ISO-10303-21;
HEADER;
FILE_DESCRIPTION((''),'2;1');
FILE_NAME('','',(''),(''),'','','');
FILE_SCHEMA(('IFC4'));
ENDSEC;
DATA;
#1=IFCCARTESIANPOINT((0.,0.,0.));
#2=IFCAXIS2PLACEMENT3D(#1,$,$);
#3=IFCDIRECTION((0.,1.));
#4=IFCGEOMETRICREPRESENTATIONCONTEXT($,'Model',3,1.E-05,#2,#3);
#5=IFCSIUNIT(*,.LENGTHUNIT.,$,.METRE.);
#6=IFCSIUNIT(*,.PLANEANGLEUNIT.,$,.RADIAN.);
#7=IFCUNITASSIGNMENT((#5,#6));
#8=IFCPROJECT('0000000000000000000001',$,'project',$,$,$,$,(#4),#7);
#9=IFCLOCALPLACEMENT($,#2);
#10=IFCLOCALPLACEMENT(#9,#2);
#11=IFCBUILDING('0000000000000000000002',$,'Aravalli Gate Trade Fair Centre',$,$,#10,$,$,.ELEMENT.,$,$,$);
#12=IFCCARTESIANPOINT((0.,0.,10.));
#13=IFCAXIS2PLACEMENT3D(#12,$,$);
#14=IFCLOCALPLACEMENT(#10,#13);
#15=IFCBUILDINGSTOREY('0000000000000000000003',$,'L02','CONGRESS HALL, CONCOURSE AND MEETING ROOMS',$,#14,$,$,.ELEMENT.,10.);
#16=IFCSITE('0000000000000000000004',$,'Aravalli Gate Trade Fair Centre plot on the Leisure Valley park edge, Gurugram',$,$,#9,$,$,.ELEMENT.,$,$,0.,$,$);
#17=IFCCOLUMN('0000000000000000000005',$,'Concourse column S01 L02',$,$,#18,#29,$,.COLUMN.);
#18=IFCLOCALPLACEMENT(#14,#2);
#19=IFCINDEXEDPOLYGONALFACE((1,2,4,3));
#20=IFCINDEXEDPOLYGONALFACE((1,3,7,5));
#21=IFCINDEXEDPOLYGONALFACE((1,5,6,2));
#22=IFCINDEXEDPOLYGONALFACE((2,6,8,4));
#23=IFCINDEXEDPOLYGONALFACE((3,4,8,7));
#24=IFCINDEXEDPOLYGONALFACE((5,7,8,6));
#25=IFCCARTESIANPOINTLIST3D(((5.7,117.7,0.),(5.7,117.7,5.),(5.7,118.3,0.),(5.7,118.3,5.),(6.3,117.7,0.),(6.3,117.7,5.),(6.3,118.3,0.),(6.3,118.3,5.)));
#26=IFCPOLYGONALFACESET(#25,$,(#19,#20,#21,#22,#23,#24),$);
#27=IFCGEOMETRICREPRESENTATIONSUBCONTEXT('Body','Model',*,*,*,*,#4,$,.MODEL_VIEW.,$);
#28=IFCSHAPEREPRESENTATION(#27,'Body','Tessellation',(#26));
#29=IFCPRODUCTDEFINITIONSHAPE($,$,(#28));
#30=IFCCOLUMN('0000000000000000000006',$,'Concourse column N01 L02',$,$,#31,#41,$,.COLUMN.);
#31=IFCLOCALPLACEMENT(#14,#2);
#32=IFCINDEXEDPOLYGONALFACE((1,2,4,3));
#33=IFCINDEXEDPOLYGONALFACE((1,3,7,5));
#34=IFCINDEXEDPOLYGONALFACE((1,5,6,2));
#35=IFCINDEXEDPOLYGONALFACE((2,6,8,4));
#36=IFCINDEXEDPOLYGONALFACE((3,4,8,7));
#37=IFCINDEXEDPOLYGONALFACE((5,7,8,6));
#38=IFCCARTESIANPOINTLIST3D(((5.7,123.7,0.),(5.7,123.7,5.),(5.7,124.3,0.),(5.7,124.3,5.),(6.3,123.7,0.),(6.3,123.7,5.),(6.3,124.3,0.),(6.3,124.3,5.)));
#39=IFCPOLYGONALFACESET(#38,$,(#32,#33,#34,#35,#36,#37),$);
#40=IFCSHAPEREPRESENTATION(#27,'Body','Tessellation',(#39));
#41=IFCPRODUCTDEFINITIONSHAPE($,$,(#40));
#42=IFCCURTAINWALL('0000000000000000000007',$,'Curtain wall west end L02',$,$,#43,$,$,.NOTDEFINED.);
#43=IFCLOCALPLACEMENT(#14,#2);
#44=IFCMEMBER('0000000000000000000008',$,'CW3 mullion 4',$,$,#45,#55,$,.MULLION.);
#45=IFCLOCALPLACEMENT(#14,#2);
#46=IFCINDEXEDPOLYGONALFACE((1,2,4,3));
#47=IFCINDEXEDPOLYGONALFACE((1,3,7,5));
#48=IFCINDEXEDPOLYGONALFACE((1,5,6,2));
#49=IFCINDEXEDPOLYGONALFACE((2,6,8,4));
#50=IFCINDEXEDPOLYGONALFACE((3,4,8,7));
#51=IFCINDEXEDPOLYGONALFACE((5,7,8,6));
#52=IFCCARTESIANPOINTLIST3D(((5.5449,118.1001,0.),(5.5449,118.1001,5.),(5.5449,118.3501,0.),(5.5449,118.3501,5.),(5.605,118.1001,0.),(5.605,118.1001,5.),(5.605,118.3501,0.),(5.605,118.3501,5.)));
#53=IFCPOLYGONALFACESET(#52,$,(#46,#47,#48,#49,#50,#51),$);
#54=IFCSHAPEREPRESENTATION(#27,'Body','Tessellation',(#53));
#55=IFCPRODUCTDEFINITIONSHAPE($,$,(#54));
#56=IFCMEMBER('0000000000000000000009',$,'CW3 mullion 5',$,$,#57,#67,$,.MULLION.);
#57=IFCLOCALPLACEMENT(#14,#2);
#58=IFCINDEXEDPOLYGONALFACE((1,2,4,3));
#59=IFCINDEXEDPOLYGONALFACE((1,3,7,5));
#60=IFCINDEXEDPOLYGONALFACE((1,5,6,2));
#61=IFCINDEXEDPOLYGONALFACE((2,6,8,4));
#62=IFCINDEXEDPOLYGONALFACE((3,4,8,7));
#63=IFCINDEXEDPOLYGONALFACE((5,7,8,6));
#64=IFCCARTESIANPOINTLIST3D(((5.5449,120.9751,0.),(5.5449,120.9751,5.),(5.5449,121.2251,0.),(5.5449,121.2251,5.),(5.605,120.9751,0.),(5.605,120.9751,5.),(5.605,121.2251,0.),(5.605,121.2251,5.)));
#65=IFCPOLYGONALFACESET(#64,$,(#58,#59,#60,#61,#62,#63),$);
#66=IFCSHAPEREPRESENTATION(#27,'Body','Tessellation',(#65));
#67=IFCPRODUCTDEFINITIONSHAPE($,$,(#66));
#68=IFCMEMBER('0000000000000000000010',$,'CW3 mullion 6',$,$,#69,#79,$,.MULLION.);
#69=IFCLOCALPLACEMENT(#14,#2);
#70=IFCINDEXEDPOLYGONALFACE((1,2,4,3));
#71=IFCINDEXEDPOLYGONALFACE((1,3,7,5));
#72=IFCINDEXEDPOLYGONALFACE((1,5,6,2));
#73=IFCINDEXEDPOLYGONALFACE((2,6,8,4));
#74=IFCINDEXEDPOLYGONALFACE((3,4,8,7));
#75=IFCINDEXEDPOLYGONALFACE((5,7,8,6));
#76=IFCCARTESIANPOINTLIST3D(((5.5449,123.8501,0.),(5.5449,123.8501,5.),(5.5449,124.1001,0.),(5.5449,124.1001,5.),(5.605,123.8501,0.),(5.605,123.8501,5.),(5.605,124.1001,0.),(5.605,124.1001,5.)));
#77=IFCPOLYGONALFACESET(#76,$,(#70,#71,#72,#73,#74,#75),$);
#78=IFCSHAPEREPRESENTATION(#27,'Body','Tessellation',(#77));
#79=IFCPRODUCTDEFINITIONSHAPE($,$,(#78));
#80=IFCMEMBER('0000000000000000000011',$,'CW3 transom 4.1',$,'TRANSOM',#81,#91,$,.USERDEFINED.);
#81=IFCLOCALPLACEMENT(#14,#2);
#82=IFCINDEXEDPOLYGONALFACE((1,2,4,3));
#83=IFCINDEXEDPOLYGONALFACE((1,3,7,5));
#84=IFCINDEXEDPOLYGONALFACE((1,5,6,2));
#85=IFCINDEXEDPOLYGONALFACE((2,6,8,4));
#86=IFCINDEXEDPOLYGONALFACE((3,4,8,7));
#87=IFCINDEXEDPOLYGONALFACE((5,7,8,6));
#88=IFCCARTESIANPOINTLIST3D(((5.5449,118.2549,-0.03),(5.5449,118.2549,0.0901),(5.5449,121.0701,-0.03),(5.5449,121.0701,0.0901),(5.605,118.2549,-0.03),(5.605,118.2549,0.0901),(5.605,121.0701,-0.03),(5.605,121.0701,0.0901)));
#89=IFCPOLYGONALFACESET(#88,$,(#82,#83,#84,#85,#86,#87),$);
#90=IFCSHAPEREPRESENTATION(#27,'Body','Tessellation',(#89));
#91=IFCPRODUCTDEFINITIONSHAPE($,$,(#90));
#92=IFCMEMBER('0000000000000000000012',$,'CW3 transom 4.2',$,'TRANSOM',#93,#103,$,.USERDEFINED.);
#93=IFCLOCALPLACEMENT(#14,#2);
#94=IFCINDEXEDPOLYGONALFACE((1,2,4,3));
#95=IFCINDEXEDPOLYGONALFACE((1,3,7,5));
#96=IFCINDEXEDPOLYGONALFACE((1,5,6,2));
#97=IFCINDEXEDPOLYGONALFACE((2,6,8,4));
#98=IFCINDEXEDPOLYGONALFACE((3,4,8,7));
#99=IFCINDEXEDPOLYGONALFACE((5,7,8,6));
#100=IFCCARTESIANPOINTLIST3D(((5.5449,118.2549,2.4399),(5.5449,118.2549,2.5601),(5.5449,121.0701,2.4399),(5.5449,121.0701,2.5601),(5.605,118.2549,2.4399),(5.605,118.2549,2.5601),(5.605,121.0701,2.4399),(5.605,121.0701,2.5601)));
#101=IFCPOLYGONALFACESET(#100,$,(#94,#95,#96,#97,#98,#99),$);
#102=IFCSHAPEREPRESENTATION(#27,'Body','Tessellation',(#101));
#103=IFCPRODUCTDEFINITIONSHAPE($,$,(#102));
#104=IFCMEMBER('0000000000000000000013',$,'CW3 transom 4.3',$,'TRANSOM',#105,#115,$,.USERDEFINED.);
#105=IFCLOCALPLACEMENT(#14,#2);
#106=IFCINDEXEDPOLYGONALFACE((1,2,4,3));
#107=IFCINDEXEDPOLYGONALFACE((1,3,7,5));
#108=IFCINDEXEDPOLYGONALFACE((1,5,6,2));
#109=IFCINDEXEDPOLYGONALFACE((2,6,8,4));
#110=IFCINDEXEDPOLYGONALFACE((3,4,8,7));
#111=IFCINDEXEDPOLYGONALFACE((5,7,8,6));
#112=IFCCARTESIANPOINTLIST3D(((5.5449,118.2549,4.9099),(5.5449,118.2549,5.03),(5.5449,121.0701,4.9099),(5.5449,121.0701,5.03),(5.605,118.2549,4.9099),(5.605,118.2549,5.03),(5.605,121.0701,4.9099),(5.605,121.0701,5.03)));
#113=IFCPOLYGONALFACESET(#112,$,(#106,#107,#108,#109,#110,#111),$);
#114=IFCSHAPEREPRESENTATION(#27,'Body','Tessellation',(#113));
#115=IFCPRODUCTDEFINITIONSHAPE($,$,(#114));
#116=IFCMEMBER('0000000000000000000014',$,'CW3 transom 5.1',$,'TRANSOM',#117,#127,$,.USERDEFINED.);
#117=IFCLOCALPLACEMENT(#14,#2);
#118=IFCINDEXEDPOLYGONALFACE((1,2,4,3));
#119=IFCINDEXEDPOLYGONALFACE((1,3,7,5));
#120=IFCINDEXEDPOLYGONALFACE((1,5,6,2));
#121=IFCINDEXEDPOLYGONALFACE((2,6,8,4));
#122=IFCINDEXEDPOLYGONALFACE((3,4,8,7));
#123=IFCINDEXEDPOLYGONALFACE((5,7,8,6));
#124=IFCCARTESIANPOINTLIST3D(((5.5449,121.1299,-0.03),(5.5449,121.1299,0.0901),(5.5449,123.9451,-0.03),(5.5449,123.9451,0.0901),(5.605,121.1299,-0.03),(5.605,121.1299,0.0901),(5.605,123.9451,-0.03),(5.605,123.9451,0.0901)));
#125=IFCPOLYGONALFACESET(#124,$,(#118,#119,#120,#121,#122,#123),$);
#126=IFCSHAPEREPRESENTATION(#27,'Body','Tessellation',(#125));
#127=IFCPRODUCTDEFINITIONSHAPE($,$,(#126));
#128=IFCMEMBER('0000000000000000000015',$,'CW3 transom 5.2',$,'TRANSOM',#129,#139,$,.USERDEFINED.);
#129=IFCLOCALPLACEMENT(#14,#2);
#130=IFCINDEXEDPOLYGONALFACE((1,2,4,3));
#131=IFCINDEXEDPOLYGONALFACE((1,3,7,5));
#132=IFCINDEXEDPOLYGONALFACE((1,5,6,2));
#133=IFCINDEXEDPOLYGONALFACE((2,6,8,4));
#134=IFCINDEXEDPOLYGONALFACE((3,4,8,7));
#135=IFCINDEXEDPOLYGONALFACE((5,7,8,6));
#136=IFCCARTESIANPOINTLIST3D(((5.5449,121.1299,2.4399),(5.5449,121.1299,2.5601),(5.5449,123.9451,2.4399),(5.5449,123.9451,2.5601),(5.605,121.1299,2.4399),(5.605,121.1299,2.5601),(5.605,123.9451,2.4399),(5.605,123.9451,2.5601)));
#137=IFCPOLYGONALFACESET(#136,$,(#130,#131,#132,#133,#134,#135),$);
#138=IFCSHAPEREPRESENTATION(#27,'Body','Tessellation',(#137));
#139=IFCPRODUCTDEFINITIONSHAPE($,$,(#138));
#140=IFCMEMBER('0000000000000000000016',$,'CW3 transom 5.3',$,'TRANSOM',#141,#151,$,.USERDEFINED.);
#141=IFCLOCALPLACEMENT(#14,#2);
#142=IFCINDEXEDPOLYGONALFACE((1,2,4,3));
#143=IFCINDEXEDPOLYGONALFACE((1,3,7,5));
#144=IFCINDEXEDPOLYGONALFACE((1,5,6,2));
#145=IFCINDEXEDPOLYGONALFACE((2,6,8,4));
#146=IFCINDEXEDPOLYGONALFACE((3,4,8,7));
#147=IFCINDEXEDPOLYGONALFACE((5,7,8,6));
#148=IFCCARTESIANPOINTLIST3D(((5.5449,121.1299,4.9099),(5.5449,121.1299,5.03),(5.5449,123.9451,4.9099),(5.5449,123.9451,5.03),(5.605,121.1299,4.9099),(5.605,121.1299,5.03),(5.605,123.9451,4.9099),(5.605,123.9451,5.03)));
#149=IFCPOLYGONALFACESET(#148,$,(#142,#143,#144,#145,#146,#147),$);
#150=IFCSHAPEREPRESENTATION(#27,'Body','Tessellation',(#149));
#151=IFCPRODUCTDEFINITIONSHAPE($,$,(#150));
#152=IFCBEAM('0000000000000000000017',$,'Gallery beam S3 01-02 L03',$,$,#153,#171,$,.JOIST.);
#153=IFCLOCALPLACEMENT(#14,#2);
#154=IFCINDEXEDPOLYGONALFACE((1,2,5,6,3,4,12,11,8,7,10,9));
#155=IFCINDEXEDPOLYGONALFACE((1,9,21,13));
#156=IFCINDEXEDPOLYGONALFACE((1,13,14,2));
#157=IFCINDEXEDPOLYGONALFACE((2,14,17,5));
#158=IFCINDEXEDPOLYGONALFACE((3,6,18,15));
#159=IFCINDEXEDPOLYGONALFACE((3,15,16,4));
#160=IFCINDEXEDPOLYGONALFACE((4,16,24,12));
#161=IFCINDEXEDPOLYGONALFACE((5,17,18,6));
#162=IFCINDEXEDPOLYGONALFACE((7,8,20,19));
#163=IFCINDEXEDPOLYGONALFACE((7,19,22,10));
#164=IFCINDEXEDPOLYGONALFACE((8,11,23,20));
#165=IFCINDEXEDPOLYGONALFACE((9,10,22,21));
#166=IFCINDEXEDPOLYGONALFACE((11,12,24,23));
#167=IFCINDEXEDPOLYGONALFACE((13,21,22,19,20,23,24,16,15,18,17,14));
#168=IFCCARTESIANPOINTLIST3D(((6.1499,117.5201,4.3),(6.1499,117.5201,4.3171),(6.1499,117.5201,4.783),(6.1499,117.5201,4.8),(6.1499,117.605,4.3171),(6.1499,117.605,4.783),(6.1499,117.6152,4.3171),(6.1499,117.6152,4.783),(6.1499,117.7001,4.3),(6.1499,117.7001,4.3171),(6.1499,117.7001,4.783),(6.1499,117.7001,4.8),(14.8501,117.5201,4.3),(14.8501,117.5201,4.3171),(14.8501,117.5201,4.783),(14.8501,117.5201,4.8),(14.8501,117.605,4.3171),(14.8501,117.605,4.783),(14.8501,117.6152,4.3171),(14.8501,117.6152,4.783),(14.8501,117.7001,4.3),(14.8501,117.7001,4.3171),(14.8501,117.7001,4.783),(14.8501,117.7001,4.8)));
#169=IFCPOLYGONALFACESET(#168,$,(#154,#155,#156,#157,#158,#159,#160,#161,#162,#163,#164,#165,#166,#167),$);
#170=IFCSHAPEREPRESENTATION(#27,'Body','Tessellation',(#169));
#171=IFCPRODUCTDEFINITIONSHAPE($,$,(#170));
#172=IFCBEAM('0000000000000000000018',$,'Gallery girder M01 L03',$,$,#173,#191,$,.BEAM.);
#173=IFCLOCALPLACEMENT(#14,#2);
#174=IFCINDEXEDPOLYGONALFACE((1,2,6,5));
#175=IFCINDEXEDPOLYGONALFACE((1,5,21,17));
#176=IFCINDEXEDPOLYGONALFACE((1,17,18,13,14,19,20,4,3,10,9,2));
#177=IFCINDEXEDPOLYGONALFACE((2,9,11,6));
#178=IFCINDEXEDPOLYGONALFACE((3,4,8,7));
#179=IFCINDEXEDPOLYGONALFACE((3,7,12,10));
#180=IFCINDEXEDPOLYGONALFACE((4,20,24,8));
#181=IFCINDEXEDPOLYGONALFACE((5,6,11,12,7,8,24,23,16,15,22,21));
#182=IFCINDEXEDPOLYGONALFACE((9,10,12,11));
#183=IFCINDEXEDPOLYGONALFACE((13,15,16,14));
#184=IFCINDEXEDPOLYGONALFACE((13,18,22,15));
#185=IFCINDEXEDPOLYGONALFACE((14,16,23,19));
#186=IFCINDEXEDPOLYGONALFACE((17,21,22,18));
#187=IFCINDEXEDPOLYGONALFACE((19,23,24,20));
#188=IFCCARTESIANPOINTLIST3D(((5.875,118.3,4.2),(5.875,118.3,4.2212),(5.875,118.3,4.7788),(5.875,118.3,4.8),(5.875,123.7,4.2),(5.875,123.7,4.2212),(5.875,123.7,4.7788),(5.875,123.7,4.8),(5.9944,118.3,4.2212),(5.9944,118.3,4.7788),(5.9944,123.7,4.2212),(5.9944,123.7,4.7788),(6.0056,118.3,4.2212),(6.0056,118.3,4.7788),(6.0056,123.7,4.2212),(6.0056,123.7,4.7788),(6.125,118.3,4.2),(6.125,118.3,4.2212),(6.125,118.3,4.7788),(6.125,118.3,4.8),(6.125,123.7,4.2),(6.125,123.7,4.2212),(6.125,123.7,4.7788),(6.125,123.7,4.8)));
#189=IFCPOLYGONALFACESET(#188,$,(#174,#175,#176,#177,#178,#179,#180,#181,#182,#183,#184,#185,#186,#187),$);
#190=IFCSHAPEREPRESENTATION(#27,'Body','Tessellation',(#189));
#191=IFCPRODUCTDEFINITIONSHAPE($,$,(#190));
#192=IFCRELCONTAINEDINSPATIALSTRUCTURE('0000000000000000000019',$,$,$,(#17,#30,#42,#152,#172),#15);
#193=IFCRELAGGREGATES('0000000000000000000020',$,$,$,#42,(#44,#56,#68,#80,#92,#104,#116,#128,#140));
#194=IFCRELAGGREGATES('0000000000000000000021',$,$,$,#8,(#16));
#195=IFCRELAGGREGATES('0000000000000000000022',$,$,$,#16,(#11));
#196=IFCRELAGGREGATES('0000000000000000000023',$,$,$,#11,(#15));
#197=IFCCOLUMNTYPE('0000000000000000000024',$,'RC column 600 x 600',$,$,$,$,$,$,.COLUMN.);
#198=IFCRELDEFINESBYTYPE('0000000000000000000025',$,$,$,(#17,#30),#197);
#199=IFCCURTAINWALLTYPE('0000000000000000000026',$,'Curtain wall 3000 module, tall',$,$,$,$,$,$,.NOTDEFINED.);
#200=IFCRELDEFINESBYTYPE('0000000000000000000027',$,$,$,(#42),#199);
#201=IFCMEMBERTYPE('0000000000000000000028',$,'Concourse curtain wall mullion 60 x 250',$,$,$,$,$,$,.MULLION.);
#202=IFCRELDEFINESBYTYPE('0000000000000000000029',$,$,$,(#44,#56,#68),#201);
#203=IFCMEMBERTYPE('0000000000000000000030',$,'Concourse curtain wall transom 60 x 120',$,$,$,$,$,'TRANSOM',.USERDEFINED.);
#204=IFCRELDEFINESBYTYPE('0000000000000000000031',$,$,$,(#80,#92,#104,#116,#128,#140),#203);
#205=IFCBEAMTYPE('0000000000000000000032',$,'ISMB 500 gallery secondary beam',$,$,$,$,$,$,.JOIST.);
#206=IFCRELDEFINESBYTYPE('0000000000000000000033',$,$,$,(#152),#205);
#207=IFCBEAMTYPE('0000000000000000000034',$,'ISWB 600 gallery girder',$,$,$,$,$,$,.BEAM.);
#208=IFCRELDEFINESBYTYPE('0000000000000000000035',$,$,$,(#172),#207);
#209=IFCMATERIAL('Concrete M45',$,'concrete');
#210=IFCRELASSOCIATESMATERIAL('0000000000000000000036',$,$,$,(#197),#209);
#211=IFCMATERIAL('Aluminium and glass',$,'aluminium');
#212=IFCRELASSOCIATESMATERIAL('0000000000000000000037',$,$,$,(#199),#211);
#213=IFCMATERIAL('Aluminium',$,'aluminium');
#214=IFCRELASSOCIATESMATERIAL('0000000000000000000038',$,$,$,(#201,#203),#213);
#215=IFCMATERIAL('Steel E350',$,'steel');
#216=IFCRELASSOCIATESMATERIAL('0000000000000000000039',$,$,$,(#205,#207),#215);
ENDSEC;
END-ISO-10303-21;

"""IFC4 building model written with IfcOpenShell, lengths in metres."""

from ifc_helpers import new_model, si_unit, direction, frame, origin, origin_2d, place, context, subcontext, project, spatial, rectangle, i_section, extrude, material, material_profile, profile_set, type_object, element, aggregate, save


model = new_model("IFC4")

# Units and contexts
model_context = context("Model", 3, precision=1e-05, world=origin(), true_north=direction((0.0, 1.0)))
body_context = subcontext(model_context, "Body", "Model", "MODEL_VIEW")
ifc_project = project(units=[si_unit("LENGTHUNIT", "METRE"), si_unit("PLANEANGLEUNIT", "RADIAN")], contexts=[model_context])

# Site, building, storey
site_placement = place(None, origin())
site = spatial("IfcSite", under=ifc_project, at=site_placement, Name="Aravalli Gate Trade Fair Centre plot on the Leisure Valley park edge, Gurugram", CompositionType="ELEMENT", RefElevation=0.0)
building_placement = place(site_placement, origin())
building = spatial("IfcBuilding", under=site, at=building_placement, Name="Aravalli Gate Trade Fair Centre", CompositionType="ELEMENT")
storey_placement = place(building_placement, frame((0.0, 0.0, 10.0)))
storey = spatial("IfcBuildingStorey", under=building, at=storey_placement, Name="L02", Description="CONGRESS HALL, CONCOURSE AND MEETING ROOMS", CompositionType="ELEMENT", Elevation=10.0)

# Columns
ifc_material_1 = material(Name="Concrete M45", Category="concrete")
ifc_material_profile_1 = material_profile(ifc_material_1, rectangle(XDim=0.6001, YDim=0.6001, at=origin_2d()), Name="RC column 600 x 600")
ifc_profile_set_1 = profile_set([ifc_material_profile_1], Name="Concrete M45")
column_type = type_object("IfcColumnType", Name="RC column 600 x 600", PredefinedType="COLUMN", material=ifc_profile_set_1)
for number, where, z_axis, x_axis, name in (
    (1, (6.0, 118.0, 0.0), (0.0, 0.0, 1.0), (1.0, 0.0, 0.0), "Concourse column S01 L02"),
    (2, (6.0, 124.0, 0.0), (0.0, 0.0, 1.0), (1.0, 0.0, 0.0), "Concourse column N01 L02"),
):
    element("IfcColumn", number, at=place(storey_placement, frame(where, z_axis=z_axis, x_axis=x_axis)), inside=storey, type_object=column_type, Name=name, PredefinedType="COLUMN", context=body_context, shape_type="SweptSolid", body=[
        extrude(rectangle(XDim=0.6001, YDim=0.6001, at=origin_2d()), origin(), (0.0, 0.0, 1.0), 5.0),
    ])

# Curtain wall, members
ifc_material_2 = material(Name="Aluminium and glass", Category="aluminium")
curtain_wall_type = type_object("IfcCurtainWallType", Name="Curtain wall 3000 module, tall", PredefinedType="NOTDEFINED", material=ifc_material_2)
curtain_wall_placement = place(storey_placement, origin())
curtain_wall = element("IfcCurtainWall", 3, at=curtain_wall_placement, inside=storey, type_object=curtain_wall_type, Name="Curtain wall west end L02", PredefinedType="NOTDEFINED")
ifc_material_3 = material(Name="Aluminium", Category="aluminium")
ifc_material_profile_2 = material_profile(ifc_material_3, rectangle(XDim=0.0601, YDim=0.25, at=origin_2d()), Name="Concourse curtain wall mullion 60 x 250")
ifc_profile_set_2 = profile_set([ifc_material_profile_2], Name="Aluminium")
member_type_1 = type_object("IfcMemberType", Name="Concourse curtain wall mullion 60 x 250", PredefinedType="MULLION", material=ifc_profile_set_2)
member_1_placement = place(storey_placement, frame((5.575, 118.2251, 0.0), z_axis=(0.0, 0.0, 1.0), x_axis=(-1.0, 0.0, 0.0)))
member_1 = element("IfcMember", 4, at=member_1_placement, type_object=member_type_1, Name="CW3 mullion 4", PredefinedType="MULLION", context=body_context, shape_type="SweptSolid", body=[
    extrude(rectangle(XDim=0.0601, YDim=0.25, at=origin_2d()), origin(), (0.0, 0.0, 1.0), 5.0),
])
member_2_placement = place(storey_placement, frame((5.575, 121.1001, 0.0), z_axis=(0.0, 0.0, 1.0), x_axis=(-1.0, 0.0, 0.0)))
member_2 = element("IfcMember", 5, at=member_2_placement, type_object=member_type_1, Name="CW3 mullion 5", PredefinedType="MULLION", context=body_context, shape_type="SweptSolid", body=[
    extrude(rectangle(XDim=0.0601, YDim=0.25, at=origin_2d()), origin(), (0.0, 0.0, 1.0), 5.0),
])
member_3_placement = place(storey_placement, frame((5.575, 123.9751, 0.0), z_axis=(0.0, 0.0, 1.0), x_axis=(-1.0, 0.0, 0.0)))
member_3 = element("IfcMember", 6, at=member_3_placement, type_object=member_type_1, Name="CW3 mullion 6", PredefinedType="MULLION", context=body_context, shape_type="SweptSolid", body=[
    extrude(rectangle(XDim=0.0601, YDim=0.25, at=origin_2d()), origin(), (0.0, 0.0, 1.0), 5.0),
])
ifc_material_profile_3 = material_profile(ifc_material_3, rectangle(XDim=0.0601, YDim=0.1201, at=origin_2d()), Name="Concourse curtain wall transom 60 x 120")
ifc_profile_set_3 = profile_set([ifc_material_profile_3], Name="Aluminium")
member_type_2 = type_object("IfcMemberType", Name="Concourse curtain wall transom 60 x 120", ElementType="TRANSOM", PredefinedType="USERDEFINED", material=ifc_profile_set_3)
member_4_placement = place(storey_placement, frame((5.575, 118.2549, 0.03), z_axis=(0.0, 1.0, 0.0), x_axis=(-1.0, 0.0, 0.0)))
member_4 = element("IfcMember", 7, at=member_4_placement, type_object=member_type_2, Name="CW3 transom 4.1", ObjectType="TRANSOM", PredefinedType="USERDEFINED", context=body_context, shape_type="SweptSolid", body=[
    extrude(rectangle(XDim=0.0601, YDim=0.1201, at=origin_2d()), origin(), (0.0, 0.0, 1.0), 2.8152),
])
member_5_placement = place(storey_placement, frame((5.575, 118.2549, 2.5), z_axis=(0.0, 1.0, 0.0), x_axis=(-1.0, 0.0, 0.0)))
member_5 = element("IfcMember", 8, at=member_5_placement, type_object=member_type_2, Name="CW3 transom 4.2", ObjectType="TRANSOM", PredefinedType="USERDEFINED", context=body_context, shape_type="SweptSolid", body=[
    extrude(rectangle(XDim=0.0601, YDim=0.1201, at=origin_2d()), origin(), (0.0, 0.0, 1.0), 2.8152),
])
member_6_placement = place(storey_placement, frame((5.575, 118.2549, 4.97), z_axis=(0.0, 1.0, 0.0), x_axis=(-1.0, 0.0, 0.0)))
member_6 = element("IfcMember", 9, at=member_6_placement, type_object=member_type_2, Name="CW3 transom 4.3", ObjectType="TRANSOM", PredefinedType="USERDEFINED", context=body_context, shape_type="SweptSolid", body=[
    extrude(rectangle(XDim=0.0601, YDim=0.1201, at=origin_2d()), origin(), (0.0, 0.0, 1.0), 2.8152),
])
member_7_placement = place(storey_placement, frame((5.575, 121.1299, 0.03), z_axis=(0.0, 1.0, 0.0), x_axis=(-1.0, 0.0, 0.0)))
member_7 = element("IfcMember", 10, at=member_7_placement, type_object=member_type_2, Name="CW3 transom 5.1", ObjectType="TRANSOM", PredefinedType="USERDEFINED", context=body_context, shape_type="SweptSolid", body=[
    extrude(rectangle(XDim=0.0601, YDim=0.1201, at=origin_2d()), origin(), (0.0, 0.0, 1.0), 2.8152),
])
member_8_placement = place(storey_placement, frame((5.575, 121.1299, 2.5), z_axis=(0.0, 1.0, 0.0), x_axis=(-1.0, 0.0, 0.0)))
member_8 = element("IfcMember", 11, at=member_8_placement, type_object=member_type_2, Name="CW3 transom 5.2", ObjectType="TRANSOM", PredefinedType="USERDEFINED", context=body_context, shape_type="SweptSolid", body=[
    extrude(rectangle(XDim=0.0601, YDim=0.1201, at=origin_2d()), origin(), (0.0, 0.0, 1.0), 2.8152),
])
member_9_placement = place(storey_placement, frame((5.575, 121.1299, 4.97), z_axis=(0.0, 1.0, 0.0), x_axis=(-1.0, 0.0, 0.0)))
member_9 = element("IfcMember", 12, at=member_9_placement, type_object=member_type_2, Name="CW3 transom 5.3", ObjectType="TRANSOM", PredefinedType="USERDEFINED", context=body_context, shape_type="SweptSolid", body=[
    extrude(rectangle(XDim=0.0601, YDim=0.1201, at=origin_2d()), origin(), (0.0, 0.0, 1.0), 2.8152),
])

# Beams
ifc_material_4 = material(Name="Steel E350", Category="steel")
ifc_material_profile_4 = material_profile(ifc_material_4, i_section(OverallWidth=0.1799, OverallDepth=0.5, WebThickness=0.0103, FlangeThickness=0.0171, at=origin_2d()), Name="ISMB 500")
ifc_profile_set_4 = profile_set([ifc_material_profile_4], Name="Steel E350")
beam_type_1 = type_object("IfcBeamType", Name="ISMB 500 gallery secondary beam", PredefinedType="JOIST", material=ifc_profile_set_4)
beam_1_placement = place(storey_placement, frame((6.1499, 117.6101, 4.55), z_axis=(1.0, 0.0, 0.0), x_axis=(0.0, 1.0, 0.0)))
element("IfcBeam", 13, at=beam_1_placement, inside=storey, type_object=beam_type_1, Name="Gallery beam S3 01-02 L03", PredefinedType="JOIST", context=body_context, shape_type="SweptSolid", body=[
    extrude(i_section(OverallWidth=0.1799, OverallDepth=0.5, WebThickness=0.0103, FlangeThickness=0.0171, at=origin_2d()), origin(), (0.0, 0.0, 1.0), 8.7002),
])
ifc_material_profile_5 = material_profile(ifc_material_4, i_section(OverallWidth=0.25, OverallDepth=0.6001, WebThickness=0.0112, FlangeThickness=0.0212, at=origin_2d()), Name="ISWB 600")
ifc_profile_set_5 = profile_set([ifc_material_profile_5], Name="Steel E350")
beam_type_2 = type_object("IfcBeamType", Name="ISWB 600 gallery girder", PredefinedType="BEAM", material=ifc_profile_set_5)
beam_2_placement = place(storey_placement, frame((6.0, 118.3, 4.5), z_axis=(0.0, 1.0, 0.0), x_axis=(-1.0, 0.0, 0.0)))
element("IfcBeam", 14, at=beam_2_placement, inside=storey, type_object=beam_type_2, Name="Gallery girder M01 L03", PredefinedType="BEAM", context=body_context, shape_type="SweptSolid", body=[
    extrude(i_section(OverallWidth=0.25, OverallDepth=0.6001, WebThickness=0.0112, FlangeThickness=0.0212, at=origin_2d()), origin(), (0.0, 0.0, 1.0), 5.3999),
])

aggregate(curtain_wall, [member_1, member_2, member_3, member_4, member_5, member_6, member_7, member_8, member_9])

save(model, "model.ifc")
